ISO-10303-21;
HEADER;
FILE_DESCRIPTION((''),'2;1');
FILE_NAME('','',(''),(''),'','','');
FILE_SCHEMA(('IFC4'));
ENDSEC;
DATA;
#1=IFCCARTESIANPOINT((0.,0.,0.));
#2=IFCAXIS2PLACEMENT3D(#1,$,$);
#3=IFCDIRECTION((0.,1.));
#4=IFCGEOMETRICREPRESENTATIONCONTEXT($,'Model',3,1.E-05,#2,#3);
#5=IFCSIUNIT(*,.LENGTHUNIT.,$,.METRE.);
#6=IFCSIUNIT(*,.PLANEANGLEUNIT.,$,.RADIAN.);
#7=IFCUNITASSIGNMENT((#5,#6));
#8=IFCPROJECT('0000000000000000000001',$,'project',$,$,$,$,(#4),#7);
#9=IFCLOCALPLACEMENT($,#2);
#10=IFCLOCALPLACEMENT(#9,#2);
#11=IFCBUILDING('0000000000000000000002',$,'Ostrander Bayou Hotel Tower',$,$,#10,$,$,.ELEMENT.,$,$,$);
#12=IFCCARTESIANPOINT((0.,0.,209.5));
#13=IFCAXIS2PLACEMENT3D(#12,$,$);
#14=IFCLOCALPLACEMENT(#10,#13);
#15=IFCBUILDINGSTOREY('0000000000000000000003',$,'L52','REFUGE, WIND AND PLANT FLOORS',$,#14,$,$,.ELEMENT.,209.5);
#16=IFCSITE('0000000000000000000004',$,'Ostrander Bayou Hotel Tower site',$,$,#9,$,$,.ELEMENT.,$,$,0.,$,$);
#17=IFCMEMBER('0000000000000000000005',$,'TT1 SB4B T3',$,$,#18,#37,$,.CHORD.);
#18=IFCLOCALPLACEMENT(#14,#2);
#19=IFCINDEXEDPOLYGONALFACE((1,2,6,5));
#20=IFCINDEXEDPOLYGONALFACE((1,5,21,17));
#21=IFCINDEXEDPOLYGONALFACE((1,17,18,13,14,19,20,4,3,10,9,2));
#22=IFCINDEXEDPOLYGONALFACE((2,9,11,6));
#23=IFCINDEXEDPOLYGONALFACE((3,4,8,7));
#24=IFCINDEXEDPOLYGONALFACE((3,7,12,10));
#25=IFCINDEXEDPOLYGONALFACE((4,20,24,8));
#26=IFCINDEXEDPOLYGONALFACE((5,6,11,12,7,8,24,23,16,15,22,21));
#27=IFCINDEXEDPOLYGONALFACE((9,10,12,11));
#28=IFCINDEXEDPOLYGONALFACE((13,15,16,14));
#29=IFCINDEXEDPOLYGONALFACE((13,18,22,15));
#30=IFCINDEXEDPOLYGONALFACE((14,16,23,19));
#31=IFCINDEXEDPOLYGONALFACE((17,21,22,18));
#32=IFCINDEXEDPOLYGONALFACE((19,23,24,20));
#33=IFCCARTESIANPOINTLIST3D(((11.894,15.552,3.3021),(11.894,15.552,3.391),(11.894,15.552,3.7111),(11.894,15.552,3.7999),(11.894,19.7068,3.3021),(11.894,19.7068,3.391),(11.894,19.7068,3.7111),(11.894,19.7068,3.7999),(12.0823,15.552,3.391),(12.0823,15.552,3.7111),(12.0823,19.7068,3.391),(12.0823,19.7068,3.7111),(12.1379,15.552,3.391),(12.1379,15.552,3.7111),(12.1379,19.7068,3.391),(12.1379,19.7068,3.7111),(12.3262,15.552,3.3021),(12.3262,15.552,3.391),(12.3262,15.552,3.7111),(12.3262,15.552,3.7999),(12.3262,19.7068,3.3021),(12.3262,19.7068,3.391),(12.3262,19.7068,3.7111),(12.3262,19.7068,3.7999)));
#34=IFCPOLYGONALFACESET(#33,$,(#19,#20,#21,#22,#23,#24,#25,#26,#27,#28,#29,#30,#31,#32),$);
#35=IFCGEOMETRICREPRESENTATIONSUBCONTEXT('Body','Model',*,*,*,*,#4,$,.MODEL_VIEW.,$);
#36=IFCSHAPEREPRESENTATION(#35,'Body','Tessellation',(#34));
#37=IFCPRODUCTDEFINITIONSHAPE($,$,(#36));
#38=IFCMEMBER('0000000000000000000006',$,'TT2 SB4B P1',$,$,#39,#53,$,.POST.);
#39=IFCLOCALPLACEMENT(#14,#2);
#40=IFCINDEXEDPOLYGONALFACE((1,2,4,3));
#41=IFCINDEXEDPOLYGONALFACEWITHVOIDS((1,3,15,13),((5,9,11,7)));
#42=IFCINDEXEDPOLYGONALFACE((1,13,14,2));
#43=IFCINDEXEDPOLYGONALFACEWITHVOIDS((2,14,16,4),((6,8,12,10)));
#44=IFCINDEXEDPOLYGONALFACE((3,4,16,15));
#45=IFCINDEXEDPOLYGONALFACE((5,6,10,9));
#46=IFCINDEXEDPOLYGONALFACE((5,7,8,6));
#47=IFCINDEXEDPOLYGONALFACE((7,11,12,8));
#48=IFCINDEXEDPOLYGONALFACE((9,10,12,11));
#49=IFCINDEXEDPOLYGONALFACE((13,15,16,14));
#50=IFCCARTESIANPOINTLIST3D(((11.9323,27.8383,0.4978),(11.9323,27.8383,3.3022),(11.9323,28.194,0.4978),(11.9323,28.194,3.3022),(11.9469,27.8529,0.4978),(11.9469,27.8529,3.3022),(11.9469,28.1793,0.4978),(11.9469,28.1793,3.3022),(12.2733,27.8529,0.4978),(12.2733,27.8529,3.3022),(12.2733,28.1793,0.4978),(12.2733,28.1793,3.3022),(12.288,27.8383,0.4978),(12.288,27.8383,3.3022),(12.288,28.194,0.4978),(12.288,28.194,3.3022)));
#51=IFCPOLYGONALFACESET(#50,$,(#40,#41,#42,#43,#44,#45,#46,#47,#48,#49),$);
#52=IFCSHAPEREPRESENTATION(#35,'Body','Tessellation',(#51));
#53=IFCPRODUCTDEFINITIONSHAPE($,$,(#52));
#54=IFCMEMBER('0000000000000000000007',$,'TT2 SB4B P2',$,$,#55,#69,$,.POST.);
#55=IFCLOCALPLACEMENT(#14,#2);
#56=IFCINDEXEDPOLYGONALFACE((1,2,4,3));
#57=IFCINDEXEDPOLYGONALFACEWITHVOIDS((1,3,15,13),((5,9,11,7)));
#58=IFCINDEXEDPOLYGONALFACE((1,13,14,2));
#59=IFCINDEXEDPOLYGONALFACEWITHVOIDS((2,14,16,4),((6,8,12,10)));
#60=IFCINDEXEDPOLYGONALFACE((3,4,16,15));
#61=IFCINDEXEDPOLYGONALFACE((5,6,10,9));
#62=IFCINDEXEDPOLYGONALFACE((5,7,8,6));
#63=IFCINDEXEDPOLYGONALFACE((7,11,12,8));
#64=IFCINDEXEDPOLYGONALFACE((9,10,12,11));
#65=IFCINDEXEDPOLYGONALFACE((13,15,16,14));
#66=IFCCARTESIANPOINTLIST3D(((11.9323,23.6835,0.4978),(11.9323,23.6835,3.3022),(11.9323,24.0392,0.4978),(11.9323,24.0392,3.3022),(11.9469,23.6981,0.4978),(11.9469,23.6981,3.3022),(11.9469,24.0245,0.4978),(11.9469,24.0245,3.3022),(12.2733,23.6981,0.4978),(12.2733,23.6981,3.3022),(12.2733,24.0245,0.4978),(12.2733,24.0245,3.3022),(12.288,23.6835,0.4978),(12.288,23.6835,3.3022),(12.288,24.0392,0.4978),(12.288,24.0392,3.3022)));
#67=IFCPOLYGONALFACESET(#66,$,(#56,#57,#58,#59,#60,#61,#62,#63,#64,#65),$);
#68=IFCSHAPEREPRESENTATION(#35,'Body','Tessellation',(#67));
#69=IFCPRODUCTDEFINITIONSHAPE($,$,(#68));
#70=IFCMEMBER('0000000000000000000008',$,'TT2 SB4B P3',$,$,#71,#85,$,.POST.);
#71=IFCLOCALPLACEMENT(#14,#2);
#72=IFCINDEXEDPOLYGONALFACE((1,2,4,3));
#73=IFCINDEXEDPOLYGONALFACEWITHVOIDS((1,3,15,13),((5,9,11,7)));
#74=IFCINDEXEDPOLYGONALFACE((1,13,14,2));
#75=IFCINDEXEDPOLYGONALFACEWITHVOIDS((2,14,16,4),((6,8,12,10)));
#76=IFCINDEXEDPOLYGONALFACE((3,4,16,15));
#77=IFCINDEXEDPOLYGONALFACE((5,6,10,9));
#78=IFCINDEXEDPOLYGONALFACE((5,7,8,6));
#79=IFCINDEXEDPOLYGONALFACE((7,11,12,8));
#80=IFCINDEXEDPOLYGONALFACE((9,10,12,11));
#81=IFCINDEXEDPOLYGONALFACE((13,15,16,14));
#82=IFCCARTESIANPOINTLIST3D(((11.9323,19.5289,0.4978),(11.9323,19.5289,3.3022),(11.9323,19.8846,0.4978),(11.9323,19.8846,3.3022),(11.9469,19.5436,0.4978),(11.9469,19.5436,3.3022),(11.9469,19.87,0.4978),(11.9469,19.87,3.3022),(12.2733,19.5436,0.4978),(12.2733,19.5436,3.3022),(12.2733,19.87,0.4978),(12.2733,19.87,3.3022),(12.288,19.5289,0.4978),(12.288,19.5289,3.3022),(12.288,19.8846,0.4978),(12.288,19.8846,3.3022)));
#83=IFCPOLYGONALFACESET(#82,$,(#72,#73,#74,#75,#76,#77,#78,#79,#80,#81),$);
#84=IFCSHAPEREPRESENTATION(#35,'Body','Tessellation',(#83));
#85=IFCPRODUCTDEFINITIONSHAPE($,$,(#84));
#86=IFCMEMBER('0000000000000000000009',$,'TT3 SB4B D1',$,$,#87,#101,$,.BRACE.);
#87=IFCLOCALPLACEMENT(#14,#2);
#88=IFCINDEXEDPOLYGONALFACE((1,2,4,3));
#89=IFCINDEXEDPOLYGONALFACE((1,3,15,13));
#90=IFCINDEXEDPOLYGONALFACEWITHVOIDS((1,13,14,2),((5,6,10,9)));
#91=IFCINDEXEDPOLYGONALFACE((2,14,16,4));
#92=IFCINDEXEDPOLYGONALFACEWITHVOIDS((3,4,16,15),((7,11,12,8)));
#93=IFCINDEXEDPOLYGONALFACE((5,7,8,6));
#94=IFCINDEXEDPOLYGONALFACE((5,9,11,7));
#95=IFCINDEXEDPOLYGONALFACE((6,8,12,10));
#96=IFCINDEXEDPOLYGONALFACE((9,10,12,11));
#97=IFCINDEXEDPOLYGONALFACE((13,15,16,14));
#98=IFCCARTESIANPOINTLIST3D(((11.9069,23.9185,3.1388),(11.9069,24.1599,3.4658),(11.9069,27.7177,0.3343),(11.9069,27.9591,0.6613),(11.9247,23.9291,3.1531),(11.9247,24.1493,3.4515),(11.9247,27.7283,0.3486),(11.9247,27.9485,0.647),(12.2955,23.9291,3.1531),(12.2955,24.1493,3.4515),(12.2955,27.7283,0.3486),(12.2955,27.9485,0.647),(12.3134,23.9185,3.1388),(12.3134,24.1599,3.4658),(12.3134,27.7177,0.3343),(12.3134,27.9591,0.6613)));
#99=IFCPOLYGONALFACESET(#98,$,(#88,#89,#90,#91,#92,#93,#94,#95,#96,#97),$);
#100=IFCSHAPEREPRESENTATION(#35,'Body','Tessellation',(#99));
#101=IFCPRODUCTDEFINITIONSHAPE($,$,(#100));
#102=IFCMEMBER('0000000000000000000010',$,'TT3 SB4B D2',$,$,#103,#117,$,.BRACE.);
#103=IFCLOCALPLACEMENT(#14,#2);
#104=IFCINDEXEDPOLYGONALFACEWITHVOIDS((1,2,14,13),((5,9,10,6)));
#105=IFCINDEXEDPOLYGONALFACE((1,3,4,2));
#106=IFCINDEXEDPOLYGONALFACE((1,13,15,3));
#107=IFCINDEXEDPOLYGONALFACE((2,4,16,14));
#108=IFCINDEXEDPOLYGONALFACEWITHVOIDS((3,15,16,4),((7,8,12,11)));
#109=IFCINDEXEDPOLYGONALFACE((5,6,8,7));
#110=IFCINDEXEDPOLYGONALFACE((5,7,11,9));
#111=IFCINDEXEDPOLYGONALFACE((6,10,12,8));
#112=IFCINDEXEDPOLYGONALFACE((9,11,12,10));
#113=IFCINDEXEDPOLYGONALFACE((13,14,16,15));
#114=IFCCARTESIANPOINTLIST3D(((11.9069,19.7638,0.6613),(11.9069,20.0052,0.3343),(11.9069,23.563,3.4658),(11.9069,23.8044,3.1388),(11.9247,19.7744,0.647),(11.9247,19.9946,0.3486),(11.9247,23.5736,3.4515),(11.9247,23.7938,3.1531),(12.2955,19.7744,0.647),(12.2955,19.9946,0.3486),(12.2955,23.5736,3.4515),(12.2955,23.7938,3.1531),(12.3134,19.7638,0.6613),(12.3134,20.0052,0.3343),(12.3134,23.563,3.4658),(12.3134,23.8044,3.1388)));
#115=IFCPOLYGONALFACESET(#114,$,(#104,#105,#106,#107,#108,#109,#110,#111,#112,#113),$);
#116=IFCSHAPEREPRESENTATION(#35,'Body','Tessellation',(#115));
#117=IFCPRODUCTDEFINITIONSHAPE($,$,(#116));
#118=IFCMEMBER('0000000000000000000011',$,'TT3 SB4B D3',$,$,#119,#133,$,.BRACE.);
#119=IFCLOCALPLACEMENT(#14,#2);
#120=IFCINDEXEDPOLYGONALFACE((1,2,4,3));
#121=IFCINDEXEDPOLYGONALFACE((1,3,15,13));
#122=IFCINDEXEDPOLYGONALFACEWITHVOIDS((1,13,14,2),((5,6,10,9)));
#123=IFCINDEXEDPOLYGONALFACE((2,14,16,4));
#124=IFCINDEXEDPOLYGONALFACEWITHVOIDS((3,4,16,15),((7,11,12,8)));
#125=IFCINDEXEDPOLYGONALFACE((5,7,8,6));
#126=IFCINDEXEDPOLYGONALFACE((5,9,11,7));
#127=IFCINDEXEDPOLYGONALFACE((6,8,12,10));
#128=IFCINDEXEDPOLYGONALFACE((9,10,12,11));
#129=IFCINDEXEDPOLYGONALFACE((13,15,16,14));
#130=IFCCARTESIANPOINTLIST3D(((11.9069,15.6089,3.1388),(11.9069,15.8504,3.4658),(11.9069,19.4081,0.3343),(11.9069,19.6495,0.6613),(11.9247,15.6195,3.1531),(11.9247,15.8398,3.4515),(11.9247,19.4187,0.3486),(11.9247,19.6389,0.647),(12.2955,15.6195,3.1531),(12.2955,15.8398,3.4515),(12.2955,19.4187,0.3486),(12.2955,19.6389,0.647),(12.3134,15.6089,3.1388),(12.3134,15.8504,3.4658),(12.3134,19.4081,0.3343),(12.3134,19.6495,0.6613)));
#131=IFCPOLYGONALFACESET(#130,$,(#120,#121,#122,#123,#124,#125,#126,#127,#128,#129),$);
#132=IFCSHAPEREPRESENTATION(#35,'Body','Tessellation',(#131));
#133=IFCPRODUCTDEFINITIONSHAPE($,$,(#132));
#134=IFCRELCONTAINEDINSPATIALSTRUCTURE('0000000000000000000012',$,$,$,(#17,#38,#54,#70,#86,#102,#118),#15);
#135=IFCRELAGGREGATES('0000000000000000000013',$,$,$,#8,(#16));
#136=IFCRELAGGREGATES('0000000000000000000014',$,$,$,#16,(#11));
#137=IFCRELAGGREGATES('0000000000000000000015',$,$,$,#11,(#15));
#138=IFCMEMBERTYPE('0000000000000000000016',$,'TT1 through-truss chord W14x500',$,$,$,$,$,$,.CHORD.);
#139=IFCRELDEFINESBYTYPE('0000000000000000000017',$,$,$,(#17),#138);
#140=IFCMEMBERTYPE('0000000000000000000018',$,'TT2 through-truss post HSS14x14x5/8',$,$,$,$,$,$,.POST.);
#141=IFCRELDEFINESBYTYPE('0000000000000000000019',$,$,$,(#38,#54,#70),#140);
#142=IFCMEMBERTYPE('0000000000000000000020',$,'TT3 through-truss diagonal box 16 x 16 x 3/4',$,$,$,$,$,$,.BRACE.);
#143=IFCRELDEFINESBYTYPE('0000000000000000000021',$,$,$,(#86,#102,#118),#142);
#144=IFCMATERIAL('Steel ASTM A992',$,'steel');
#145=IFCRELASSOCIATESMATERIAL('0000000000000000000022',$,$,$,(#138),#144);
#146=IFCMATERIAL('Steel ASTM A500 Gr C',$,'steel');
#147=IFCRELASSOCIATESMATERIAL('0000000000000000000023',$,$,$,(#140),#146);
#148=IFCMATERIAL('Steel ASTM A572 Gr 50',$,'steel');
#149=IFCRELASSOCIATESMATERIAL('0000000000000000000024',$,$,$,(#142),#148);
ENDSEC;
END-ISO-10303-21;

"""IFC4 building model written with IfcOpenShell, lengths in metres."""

from ifc_helpers import new_model, si_unit, direction, frame, origin, origin_2d, place, context, subcontext, project, spatial, hollow_rectangle, i_section, extrude, material, material_profile, profile_set, type_object, element, save


model = new_model("IFC4")

# Units and contexts
model_context = context("Model", 3, precision=1e-05, world=origin(), true_north=direction((0.0, 1.0)))
body_context = subcontext(model_context, "Body", "Model", "MODEL_VIEW")
ifc_project = project(units=[si_unit("LENGTHUNIT", "METRE"), si_unit("PLANEANGLEUNIT", "RADIAN")], contexts=[model_context])

# Site, building, storey
site_placement = place(None, origin())
site = spatial("IfcSite", under=ifc_project, at=site_placement, Name="Ostrander Bayou Hotel Tower site", CompositionType="ELEMENT", RefElevation=0.0)
building_placement = place(site_placement, origin())
building = spatial("IfcBuilding", under=site, at=building_placement, Name="Ostrander Bayou Hotel Tower", CompositionType="ELEMENT")
storey_placement = place(building_placement, frame((0.0, 0.0, 209.5)))
storey = spatial("IfcBuildingStorey", under=building, at=storey_placement, Name="L52", Description="REFUGE, WIND AND PLANT FLOORS", CompositionType="ELEMENT", Elevation=209.5)

# Members
ifc_material_1 = material(Name="Steel ASTM A992", Category="steel")
ifc_material_profile_1 = material_profile(ifc_material_1, i_section(OverallWidth=0.4321, OverallDepth=0.4978, WebThickness=0.0557, FlangeThickness=0.0889, at=origin_2d()))
ifc_profile_set_1 = profile_set([ifc_material_profile_1], Name="Steel ASTM A992")
member_type_1 = type_object("IfcMemberType", Name="TT1 through-truss chord W14x500", PredefinedType="CHORD", material=ifc_profile_set_1)
for number, where, z_axis, x_axis, name in (
    (1, (12.1101, 19.7068, 3.551), (0.0, -1.0, 0.0), (1.0, 0.0, 0.0), "TT1 SB4B T3"),
):
    element("IfcMember", number, at=place(storey_placement, frame(where, z_axis=z_axis, x_axis=x_axis)), inside=storey, type_object=member_type_1, Name=name, PredefinedType="CHORD", context=body_context, shape_type="SweptSolid", body=[
        extrude(i_section(OverallWidth=0.4321, OverallDepth=0.4978, WebThickness=0.0557, FlangeThickness=0.0889, at=origin_2d()), origin(), (0.0, 0.0, 1.0), 4.1548),
    ])
ifc_material_2 = material(Name="Steel ASTM A500 Gr C", Category="steel")
ifc_material_profile_2 = material_profile(ifc_material_2, hollow_rectangle(XDim=0.3557, YDim=0.3557, WallThickness=0.0146, at=origin_2d()))
ifc_profile_set_2 = profile_set([ifc_material_profile_2], Name="Steel ASTM A500 Gr C")
member_type_2 = type_object("IfcMemberType", Name="TT2 through-truss post HSS14x14x5/8", PredefinedType="POST", material=ifc_profile_set_2)
for number, where, z_axis, x_axis, name in (
    (2, (12.1101, 28.0161, 0.4978), (0.0, 0.0, 1.0), (1.0, 0.0, 0.0), "TT2 SB4B P1"),
    (3, (12.1101, 23.8613, 0.4978), (0.0, 0.0, 1.0), (1.0, 0.0, 0.0), "TT2 SB4B P2"),
    (4, (12.1101, 19.7068, 0.4978), (0.0, 0.0, 1.0), (1.0, 0.0, 0.0), "TT2 SB4B P3"),
):
    element("IfcMember", number, at=place(storey_placement, frame(where, z_axis=z_axis, x_axis=x_axis)), inside=storey, type_object=member_type_2, Name=name, PredefinedType="POST", context=body_context, shape_type="SweptSolid", body=[
        extrude(hollow_rectangle(XDim=0.3557, YDim=0.3557, WallThickness=0.0146, at=origin_2d()), origin(), (0.0, 0.0, 1.0), 2.8044),
    ])
ifc_material_3 = material(Name="Steel ASTM A572 Gr 50", Category="steel")
ifc_material_profile_3 = material_profile(ifc_material_3, hollow_rectangle(XDim=0.4065, YDim=0.4065, WallThickness=0.0178, at=origin_2d()))
ifc_profile_set_3 = profile_set([ifc_material_profile_3], Name="Steel ASTM A572 Gr 50")
member_type_3 = type_object("IfcMemberType", Name="TT3 through-truss diagonal box 16 x 16 x 3/4", PredefinedType="BRACE", material=ifc_profile_set_3)
for number, where, z_axis, x_axis, name in (
    (5, (12.1101, 27.8384, 0.4978), (0.0, -0.804537, 0.593902), (1.0, 0.0, 0.0), "TT3 SB4B D1"),
    (6, (12.1101, 19.8845, 0.4978), (0.0, 0.804537, 0.593902), (-1.0, 0.0, 0.0), "TT3 SB4B D2"),
    (7, (12.1101, 19.5288, 0.4978), (0.0, -0.804537, 0.593902), (1.0, 0.0, 0.0), "TT3 SB4B D3"),
):
    element("IfcMember", number, at=place(storey_placement, frame(where, z_axis=z_axis, x_axis=x_axis)), inside=storey, type_object=member_type_3, Name=name, PredefinedType="BRACE", context=body_context, shape_type="SweptSolid", body=[
        extrude(hollow_rectangle(XDim=0.4065, YDim=0.4065, WallThickness=0.0178, at=origin_2d()), origin(), (0.0, 0.0, 1.0), 4.7222),
    ])

save(model, "model.ifc")
